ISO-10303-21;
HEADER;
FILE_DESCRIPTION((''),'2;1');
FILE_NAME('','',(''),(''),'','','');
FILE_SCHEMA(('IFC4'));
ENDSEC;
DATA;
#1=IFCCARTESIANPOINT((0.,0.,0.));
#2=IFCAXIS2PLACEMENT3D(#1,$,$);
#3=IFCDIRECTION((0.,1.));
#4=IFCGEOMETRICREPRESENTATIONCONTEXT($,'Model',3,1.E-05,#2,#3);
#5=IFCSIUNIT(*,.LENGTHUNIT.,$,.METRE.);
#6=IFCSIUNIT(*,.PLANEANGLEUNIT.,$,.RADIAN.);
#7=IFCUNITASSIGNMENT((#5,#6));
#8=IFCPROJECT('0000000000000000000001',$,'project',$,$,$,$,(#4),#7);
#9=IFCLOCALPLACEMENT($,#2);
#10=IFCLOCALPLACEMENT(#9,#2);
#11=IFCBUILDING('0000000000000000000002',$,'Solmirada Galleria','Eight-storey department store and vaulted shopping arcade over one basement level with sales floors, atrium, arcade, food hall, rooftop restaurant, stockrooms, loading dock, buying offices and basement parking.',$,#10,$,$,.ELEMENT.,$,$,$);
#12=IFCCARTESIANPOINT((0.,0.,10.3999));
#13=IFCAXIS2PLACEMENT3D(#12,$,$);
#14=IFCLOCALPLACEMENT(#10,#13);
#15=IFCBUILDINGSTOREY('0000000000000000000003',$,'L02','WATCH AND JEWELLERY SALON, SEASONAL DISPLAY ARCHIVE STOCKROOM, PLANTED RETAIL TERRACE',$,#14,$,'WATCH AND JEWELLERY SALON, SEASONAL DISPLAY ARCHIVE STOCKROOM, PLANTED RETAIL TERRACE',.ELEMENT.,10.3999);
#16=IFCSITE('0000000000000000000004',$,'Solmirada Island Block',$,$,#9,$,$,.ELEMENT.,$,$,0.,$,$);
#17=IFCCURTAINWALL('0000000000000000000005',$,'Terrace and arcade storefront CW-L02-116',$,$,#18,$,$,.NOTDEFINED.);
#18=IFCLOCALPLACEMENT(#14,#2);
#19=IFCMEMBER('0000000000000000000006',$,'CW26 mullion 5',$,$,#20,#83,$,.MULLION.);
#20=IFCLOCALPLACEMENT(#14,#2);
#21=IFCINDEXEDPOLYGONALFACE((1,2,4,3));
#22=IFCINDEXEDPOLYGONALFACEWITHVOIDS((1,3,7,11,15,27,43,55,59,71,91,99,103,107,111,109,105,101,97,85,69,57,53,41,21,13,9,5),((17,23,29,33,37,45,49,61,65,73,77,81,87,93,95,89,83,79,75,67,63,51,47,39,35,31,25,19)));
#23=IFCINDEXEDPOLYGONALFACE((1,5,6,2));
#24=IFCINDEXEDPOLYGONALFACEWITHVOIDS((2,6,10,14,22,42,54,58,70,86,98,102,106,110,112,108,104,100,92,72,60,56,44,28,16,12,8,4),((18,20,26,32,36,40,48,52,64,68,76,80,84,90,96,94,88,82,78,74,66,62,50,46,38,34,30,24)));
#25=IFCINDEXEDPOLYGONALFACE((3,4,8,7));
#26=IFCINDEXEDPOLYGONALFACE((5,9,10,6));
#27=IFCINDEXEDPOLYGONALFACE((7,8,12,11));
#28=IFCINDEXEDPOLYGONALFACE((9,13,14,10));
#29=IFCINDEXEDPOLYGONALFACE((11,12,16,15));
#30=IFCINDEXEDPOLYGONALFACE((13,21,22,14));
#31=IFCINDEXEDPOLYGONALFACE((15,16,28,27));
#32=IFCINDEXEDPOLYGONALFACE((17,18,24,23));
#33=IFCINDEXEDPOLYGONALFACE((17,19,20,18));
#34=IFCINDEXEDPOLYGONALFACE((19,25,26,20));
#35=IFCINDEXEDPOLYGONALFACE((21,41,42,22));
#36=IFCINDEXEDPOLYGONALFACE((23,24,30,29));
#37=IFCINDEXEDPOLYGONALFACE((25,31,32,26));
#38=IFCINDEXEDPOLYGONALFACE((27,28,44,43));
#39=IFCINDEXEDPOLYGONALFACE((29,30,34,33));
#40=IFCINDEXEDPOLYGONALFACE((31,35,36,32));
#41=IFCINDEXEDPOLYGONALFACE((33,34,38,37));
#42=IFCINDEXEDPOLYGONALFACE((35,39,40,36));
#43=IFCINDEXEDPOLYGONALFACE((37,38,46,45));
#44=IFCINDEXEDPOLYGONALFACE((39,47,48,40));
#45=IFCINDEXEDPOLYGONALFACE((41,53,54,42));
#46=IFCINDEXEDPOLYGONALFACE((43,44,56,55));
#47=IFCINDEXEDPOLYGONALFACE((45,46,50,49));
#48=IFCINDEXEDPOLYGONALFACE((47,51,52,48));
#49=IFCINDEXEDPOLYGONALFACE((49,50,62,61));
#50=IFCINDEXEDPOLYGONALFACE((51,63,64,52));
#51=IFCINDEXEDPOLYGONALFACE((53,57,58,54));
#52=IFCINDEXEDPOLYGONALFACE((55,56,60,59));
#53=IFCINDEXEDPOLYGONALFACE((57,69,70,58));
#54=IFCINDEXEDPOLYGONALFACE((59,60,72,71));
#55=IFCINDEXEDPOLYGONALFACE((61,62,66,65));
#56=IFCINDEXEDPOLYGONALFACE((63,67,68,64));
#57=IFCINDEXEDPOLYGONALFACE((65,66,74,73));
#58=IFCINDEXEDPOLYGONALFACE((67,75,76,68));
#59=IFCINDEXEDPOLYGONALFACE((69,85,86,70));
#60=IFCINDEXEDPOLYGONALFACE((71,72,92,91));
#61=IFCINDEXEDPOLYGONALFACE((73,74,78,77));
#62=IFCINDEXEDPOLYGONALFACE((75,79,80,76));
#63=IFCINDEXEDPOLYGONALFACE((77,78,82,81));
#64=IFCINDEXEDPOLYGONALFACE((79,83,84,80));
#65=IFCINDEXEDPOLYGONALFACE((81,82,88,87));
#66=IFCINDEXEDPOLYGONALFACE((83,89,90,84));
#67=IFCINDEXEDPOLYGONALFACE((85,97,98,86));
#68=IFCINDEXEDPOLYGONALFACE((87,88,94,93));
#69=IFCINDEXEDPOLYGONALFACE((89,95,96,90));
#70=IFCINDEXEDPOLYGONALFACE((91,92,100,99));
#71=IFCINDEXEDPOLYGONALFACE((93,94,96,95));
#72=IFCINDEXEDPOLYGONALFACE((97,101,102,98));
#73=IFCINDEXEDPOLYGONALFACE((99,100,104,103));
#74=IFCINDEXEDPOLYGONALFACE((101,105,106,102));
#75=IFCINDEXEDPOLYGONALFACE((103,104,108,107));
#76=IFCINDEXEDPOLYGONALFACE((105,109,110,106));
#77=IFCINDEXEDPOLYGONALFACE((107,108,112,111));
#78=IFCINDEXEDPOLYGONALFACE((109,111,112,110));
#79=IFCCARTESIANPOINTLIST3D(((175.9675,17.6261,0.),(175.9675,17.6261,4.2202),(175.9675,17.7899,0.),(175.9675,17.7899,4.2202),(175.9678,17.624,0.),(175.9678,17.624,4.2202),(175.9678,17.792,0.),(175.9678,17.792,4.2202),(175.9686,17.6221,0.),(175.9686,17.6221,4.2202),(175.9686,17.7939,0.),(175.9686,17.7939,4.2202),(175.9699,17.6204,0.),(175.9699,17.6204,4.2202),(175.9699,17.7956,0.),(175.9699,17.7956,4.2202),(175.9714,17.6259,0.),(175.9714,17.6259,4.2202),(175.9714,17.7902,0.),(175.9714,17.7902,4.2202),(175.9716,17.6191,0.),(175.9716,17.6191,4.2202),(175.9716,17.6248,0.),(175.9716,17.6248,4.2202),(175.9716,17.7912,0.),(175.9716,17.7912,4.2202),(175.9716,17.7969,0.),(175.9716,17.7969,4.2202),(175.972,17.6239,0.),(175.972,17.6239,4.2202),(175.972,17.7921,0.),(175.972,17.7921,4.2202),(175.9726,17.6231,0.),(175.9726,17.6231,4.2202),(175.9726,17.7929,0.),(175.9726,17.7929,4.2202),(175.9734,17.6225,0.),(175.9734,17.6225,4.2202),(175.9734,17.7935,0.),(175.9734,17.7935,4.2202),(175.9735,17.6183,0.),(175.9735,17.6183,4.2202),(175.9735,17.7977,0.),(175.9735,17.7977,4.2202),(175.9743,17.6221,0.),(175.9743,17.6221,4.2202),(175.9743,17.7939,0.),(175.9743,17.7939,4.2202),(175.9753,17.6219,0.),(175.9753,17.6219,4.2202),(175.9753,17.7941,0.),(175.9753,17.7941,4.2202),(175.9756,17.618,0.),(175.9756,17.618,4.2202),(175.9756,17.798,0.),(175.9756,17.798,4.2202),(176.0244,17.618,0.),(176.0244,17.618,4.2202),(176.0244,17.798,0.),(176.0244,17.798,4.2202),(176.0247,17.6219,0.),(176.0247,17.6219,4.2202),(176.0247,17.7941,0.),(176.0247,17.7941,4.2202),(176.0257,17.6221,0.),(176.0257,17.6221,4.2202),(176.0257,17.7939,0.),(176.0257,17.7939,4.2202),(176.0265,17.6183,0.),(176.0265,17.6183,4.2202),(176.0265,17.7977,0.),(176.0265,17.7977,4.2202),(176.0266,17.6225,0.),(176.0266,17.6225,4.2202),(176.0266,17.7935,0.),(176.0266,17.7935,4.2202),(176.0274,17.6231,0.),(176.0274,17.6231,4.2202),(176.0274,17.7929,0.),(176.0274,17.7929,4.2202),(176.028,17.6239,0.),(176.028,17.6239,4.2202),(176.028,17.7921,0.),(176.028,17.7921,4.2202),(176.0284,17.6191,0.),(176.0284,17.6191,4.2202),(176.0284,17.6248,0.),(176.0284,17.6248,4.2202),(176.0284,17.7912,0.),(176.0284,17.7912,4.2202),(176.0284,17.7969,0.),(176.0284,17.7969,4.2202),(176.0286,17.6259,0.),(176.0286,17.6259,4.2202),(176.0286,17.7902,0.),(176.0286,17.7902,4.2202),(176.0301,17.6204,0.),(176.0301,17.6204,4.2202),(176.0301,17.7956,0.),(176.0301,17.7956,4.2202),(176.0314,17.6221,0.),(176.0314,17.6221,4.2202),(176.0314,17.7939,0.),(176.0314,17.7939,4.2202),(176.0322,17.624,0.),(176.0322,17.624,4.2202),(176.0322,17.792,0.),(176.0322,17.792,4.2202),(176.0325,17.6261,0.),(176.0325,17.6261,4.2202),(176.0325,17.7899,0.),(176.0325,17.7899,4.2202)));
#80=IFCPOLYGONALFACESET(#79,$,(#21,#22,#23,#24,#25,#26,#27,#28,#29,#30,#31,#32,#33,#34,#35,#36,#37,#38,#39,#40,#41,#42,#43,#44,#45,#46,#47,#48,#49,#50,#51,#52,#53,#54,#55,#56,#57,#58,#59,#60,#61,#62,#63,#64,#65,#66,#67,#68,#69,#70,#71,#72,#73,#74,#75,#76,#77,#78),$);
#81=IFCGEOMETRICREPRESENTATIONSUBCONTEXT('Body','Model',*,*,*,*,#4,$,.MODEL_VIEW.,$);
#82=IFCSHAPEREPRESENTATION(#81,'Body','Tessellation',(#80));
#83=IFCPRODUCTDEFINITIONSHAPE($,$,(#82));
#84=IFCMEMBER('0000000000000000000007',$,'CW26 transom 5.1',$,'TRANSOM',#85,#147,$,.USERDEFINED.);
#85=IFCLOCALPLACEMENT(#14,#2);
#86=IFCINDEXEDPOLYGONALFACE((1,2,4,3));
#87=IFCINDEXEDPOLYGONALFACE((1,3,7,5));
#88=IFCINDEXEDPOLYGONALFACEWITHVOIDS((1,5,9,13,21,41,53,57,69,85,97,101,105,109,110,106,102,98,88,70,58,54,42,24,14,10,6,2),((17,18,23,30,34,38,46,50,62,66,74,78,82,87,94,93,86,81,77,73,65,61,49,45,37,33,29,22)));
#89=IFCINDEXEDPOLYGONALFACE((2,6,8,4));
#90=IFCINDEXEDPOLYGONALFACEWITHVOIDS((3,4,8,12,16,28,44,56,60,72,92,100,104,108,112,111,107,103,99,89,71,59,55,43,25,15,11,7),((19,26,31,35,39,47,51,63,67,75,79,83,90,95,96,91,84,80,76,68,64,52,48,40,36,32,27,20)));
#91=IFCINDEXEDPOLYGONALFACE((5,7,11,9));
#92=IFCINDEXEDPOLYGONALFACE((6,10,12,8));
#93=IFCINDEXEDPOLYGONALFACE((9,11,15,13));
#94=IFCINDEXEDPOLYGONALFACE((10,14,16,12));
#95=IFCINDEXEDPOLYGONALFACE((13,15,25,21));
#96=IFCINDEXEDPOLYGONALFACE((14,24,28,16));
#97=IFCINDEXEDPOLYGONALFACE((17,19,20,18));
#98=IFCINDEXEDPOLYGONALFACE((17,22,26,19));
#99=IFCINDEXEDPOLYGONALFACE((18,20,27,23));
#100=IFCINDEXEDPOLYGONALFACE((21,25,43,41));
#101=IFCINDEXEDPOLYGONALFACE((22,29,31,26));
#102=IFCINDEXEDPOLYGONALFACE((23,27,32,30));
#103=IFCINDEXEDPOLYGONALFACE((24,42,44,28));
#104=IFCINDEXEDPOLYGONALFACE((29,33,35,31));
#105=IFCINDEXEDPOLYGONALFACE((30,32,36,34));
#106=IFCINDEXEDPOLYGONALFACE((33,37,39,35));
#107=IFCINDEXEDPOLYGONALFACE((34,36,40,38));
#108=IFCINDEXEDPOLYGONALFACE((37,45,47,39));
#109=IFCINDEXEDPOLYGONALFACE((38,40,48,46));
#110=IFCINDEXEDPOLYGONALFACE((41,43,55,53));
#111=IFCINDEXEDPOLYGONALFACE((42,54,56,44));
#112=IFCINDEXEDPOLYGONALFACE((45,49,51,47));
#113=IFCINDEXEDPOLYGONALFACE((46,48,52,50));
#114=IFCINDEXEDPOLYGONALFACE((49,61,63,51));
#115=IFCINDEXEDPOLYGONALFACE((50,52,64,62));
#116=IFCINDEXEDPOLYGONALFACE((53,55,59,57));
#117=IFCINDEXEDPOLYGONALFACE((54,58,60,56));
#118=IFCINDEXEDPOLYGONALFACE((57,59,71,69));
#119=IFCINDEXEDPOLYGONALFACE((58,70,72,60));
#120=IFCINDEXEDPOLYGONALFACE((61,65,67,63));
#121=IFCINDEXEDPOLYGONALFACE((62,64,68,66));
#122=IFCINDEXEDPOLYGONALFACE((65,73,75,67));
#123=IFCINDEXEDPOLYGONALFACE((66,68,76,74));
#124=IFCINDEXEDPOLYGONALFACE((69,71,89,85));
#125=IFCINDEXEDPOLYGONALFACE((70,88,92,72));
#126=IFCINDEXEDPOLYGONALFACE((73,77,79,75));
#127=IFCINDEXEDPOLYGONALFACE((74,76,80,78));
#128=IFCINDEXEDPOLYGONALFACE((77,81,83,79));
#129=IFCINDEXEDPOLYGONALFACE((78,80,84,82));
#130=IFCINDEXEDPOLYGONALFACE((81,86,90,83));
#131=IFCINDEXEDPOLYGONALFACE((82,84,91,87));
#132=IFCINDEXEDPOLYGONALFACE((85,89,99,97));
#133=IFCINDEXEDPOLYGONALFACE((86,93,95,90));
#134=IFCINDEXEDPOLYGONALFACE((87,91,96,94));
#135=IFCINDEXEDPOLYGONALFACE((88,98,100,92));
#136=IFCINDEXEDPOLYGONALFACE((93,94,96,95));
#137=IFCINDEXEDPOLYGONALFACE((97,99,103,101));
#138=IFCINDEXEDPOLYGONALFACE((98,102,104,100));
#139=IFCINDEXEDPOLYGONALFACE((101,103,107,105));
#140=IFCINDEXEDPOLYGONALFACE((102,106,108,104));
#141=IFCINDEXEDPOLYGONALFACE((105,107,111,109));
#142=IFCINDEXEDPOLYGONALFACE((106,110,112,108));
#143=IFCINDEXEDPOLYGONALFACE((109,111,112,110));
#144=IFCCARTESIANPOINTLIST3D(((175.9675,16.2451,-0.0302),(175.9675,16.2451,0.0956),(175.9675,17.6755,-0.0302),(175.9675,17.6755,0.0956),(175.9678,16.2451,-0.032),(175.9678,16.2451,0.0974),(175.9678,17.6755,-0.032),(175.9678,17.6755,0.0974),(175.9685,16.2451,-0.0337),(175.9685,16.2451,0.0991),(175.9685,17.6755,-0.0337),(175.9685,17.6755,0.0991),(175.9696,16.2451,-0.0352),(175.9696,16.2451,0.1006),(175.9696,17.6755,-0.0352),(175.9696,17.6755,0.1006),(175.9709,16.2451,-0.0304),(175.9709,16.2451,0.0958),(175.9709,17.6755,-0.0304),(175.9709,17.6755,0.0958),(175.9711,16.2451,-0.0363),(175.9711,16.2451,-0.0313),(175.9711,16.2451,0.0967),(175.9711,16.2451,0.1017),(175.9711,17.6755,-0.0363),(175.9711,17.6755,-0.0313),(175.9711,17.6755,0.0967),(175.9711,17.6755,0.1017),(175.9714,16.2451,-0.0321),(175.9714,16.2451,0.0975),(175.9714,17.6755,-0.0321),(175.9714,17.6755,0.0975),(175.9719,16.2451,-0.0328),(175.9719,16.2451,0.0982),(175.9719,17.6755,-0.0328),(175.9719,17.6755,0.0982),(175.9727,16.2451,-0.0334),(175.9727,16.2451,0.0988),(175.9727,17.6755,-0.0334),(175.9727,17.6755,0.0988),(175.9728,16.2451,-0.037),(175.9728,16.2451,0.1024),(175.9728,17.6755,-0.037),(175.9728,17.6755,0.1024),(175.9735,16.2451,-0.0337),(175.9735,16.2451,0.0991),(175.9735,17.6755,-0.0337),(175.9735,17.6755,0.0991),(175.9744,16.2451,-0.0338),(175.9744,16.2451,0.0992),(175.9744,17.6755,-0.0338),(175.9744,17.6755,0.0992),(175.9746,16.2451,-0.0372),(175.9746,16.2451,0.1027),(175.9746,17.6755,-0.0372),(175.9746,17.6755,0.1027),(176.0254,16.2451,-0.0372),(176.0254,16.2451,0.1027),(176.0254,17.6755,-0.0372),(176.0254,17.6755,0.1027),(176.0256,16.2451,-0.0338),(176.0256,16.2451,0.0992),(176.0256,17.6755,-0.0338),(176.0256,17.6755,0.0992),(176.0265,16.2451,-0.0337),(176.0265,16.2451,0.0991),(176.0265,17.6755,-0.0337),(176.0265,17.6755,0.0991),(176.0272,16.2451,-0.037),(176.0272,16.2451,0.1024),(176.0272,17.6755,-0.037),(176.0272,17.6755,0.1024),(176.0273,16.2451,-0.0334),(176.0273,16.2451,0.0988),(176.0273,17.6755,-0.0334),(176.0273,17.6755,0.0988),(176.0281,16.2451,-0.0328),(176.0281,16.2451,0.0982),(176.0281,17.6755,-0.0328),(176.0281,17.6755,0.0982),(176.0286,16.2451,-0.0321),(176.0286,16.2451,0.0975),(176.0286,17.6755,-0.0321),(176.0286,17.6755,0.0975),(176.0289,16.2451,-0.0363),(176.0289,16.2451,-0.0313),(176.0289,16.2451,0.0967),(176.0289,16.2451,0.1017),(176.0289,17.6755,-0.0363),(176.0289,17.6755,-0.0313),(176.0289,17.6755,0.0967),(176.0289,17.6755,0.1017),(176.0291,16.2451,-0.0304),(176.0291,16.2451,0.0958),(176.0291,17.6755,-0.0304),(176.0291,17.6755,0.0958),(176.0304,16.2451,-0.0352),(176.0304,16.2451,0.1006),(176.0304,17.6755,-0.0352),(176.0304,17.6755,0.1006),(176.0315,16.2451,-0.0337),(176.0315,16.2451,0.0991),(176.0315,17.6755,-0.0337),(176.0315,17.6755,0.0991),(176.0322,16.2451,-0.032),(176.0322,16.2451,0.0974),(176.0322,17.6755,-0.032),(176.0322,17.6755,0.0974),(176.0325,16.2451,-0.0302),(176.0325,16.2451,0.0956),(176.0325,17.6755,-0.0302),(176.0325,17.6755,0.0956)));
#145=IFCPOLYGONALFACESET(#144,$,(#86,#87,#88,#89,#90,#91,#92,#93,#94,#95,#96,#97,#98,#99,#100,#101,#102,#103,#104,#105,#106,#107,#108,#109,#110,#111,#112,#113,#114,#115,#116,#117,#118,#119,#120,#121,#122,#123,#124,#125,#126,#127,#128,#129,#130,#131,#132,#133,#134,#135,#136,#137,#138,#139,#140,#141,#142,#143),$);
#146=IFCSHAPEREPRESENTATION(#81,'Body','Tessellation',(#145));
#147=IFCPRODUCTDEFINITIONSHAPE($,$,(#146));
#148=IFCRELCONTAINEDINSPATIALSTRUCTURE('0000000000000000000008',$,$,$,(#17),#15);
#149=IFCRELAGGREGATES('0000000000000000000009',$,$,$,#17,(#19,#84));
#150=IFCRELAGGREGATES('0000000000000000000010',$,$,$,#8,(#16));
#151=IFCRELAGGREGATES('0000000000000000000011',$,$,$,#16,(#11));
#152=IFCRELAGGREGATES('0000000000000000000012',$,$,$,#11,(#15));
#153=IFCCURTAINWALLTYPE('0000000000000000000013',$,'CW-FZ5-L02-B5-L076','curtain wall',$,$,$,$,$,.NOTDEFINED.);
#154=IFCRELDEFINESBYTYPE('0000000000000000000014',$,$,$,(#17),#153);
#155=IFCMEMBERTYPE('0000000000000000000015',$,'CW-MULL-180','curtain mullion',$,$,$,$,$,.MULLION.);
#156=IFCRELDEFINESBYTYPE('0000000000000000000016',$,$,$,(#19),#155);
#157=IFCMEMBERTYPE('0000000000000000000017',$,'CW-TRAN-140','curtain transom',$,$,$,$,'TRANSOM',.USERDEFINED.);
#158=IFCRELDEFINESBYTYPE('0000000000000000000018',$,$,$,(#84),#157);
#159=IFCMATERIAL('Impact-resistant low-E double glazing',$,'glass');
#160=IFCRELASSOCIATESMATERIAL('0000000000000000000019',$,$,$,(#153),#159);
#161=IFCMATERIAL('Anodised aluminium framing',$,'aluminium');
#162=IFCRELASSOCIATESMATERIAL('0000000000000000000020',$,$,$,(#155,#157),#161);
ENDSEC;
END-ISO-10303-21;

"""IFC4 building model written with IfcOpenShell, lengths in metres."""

from ifc_helpers import new_model, si_unit, direction, frame, origin, origin_2d, place, context, subcontext, project, spatial, hollow_rectangle, extrude, material, material_profile, profile_set, type_object, element, aggregate, save


model = new_model("IFC4")

# Units and contexts
model_context = context("Model", 3, precision=1e-05, world=origin(), true_north=direction((0.0, 1.0)))
body_context = subcontext(model_context, "Body", "Model", "MODEL_VIEW")
ifc_project = project(units=[si_unit("LENGTHUNIT", "METRE"), si_unit("PLANEANGLEUNIT", "RADIAN")], contexts=[model_context])

# Site, building, storey
site_placement = place(None, origin())
site = spatial("IfcSite", under=ifc_project, at=site_placement, Name="Solmirada Island Block", CompositionType="ELEMENT", RefElevation=0.0)
building_placement = place(site_placement, origin())
building = spatial("IfcBuilding", under=site, at=building_placement, Name="Solmirada Galleria", Description="Eight-storey department store and vaulted shopping arcade over one basement level with sales floors, atrium, arcade, food hall, rooftop restaurant, stockrooms, loading dock, buying offices and basement parking.", CompositionType="ELEMENT")
storey_placement = place(building_placement, frame((0.0, 0.0, 10.3999)))
storey = spatial("IfcBuildingStorey", under=building, at=storey_placement, Name="L02", Description="WATCH AND JEWELLERY SALON, SEASONAL DISPLAY ARCHIVE STOCKROOM, PLANTED RETAIL TERRACE", LongName="WATCH AND JEWELLERY SALON, SEASONAL DISPLAY ARCHIVE STOCKROOM, PLANTED RETAIL TERRACE", CompositionType="ELEMENT", Elevation=10.3999)

# Curtain wall, members
ifc_material_1 = material(Name="Impact-resistant low-E double glazing", Category="glass")
curtain_wall_type = type_object("IfcCurtainWallType", Name="CW-FZ5-L02-B5-L076", Description="curtain wall", PredefinedType="NOTDEFINED", material=ifc_material_1)
curtain_wall_placement = place(storey_placement, origin())
curtain_wall = element("IfcCurtainWall", 1, at=curtain_wall_placement, inside=storey, type_object=curtain_wall_type, Name="Terrace and arcade storefront CW-L02-116", PredefinedType="NOTDEFINED")
ifc_material_2 = material(Name="Anodised aluminium framing", Category="aluminium")
ifc_material_profile_1 = material_profile(ifc_material_2, hollow_rectangle(XDim=0.0649, YDim=0.1799, WallThickness=0.0039, InnerFilletRadius=0.0039, OuterFilletRadius=0.0081, at=origin_2d()), Name="ALU-MULL-180X65")
ifc_profile_set_1 = profile_set([ifc_material_profile_1], Name="Anodised aluminium framing")
member_type_1 = type_object("IfcMemberType", Name="CW-MULL-180", Description="curtain mullion", PredefinedType="MULLION", material=ifc_profile_set_1)
member_1_placement = place(storey_placement, frame((176.0, 17.708, 0.0), z_axis=(0.0, 0.0, 1.0), x_axis=(1.0, 0.0, 0.0)))
member_1 = element("IfcMember", 2, at=member_1_placement, type_object=member_type_1, Name="CW26 mullion 5", PredefinedType="MULLION", context=body_context, shape_type="SweptSolid", body=[
    extrude(hollow_rectangle(XDim=0.0649, YDim=0.1799, WallThickness=0.0039, InnerFilletRadius=0.0039, OuterFilletRadius=0.0081, at=origin_2d()), origin(), (0.0, 0.0, 1.0), 4.2202),
])
ifc_material_profile_2 = material_profile(ifc_material_2, hollow_rectangle(XDim=0.0649, YDim=0.1399, WallThickness=0.0034, InnerFilletRadius=0.0034, OuterFilletRadius=0.0071, at=origin_2d()), Name="ALU-TRAN-140X65")
ifc_profile_set_2 = profile_set([ifc_material_profile_2], Name="Anodised aluminium framing")
member_type_2 = type_object("IfcMemberType", Name="CW-TRAN-140", Description="curtain transom", ElementType="TRANSOM", PredefinedType="USERDEFINED", material=ifc_profile_set_2)
member_2_placement = place(storey_placement, frame((176.0, 17.6755, 0.0327), z_axis=(0.0, -1.0, 0.0), x_axis=(1.0, 0.0, 0.0)))
member_2 = element("IfcMember", 3, at=member_2_placement, type_object=member_type_2, Name="CW26 transom 5.1", ObjectType="TRANSOM", PredefinedType="USERDEFINED", context=body_context, shape_type="SweptSolid", body=[
    extrude(hollow_rectangle(XDim=0.0649, YDim=0.1399, WallThickness=0.0034, InnerFilletRadius=0.0034, OuterFilletRadius=0.0071, at=origin_2d()), origin(), (0.0, 0.0, 1.0), 1.4304),
])
aggregate(curtain_wall, [member_1, member_2])

save(model, "model.ifc")
